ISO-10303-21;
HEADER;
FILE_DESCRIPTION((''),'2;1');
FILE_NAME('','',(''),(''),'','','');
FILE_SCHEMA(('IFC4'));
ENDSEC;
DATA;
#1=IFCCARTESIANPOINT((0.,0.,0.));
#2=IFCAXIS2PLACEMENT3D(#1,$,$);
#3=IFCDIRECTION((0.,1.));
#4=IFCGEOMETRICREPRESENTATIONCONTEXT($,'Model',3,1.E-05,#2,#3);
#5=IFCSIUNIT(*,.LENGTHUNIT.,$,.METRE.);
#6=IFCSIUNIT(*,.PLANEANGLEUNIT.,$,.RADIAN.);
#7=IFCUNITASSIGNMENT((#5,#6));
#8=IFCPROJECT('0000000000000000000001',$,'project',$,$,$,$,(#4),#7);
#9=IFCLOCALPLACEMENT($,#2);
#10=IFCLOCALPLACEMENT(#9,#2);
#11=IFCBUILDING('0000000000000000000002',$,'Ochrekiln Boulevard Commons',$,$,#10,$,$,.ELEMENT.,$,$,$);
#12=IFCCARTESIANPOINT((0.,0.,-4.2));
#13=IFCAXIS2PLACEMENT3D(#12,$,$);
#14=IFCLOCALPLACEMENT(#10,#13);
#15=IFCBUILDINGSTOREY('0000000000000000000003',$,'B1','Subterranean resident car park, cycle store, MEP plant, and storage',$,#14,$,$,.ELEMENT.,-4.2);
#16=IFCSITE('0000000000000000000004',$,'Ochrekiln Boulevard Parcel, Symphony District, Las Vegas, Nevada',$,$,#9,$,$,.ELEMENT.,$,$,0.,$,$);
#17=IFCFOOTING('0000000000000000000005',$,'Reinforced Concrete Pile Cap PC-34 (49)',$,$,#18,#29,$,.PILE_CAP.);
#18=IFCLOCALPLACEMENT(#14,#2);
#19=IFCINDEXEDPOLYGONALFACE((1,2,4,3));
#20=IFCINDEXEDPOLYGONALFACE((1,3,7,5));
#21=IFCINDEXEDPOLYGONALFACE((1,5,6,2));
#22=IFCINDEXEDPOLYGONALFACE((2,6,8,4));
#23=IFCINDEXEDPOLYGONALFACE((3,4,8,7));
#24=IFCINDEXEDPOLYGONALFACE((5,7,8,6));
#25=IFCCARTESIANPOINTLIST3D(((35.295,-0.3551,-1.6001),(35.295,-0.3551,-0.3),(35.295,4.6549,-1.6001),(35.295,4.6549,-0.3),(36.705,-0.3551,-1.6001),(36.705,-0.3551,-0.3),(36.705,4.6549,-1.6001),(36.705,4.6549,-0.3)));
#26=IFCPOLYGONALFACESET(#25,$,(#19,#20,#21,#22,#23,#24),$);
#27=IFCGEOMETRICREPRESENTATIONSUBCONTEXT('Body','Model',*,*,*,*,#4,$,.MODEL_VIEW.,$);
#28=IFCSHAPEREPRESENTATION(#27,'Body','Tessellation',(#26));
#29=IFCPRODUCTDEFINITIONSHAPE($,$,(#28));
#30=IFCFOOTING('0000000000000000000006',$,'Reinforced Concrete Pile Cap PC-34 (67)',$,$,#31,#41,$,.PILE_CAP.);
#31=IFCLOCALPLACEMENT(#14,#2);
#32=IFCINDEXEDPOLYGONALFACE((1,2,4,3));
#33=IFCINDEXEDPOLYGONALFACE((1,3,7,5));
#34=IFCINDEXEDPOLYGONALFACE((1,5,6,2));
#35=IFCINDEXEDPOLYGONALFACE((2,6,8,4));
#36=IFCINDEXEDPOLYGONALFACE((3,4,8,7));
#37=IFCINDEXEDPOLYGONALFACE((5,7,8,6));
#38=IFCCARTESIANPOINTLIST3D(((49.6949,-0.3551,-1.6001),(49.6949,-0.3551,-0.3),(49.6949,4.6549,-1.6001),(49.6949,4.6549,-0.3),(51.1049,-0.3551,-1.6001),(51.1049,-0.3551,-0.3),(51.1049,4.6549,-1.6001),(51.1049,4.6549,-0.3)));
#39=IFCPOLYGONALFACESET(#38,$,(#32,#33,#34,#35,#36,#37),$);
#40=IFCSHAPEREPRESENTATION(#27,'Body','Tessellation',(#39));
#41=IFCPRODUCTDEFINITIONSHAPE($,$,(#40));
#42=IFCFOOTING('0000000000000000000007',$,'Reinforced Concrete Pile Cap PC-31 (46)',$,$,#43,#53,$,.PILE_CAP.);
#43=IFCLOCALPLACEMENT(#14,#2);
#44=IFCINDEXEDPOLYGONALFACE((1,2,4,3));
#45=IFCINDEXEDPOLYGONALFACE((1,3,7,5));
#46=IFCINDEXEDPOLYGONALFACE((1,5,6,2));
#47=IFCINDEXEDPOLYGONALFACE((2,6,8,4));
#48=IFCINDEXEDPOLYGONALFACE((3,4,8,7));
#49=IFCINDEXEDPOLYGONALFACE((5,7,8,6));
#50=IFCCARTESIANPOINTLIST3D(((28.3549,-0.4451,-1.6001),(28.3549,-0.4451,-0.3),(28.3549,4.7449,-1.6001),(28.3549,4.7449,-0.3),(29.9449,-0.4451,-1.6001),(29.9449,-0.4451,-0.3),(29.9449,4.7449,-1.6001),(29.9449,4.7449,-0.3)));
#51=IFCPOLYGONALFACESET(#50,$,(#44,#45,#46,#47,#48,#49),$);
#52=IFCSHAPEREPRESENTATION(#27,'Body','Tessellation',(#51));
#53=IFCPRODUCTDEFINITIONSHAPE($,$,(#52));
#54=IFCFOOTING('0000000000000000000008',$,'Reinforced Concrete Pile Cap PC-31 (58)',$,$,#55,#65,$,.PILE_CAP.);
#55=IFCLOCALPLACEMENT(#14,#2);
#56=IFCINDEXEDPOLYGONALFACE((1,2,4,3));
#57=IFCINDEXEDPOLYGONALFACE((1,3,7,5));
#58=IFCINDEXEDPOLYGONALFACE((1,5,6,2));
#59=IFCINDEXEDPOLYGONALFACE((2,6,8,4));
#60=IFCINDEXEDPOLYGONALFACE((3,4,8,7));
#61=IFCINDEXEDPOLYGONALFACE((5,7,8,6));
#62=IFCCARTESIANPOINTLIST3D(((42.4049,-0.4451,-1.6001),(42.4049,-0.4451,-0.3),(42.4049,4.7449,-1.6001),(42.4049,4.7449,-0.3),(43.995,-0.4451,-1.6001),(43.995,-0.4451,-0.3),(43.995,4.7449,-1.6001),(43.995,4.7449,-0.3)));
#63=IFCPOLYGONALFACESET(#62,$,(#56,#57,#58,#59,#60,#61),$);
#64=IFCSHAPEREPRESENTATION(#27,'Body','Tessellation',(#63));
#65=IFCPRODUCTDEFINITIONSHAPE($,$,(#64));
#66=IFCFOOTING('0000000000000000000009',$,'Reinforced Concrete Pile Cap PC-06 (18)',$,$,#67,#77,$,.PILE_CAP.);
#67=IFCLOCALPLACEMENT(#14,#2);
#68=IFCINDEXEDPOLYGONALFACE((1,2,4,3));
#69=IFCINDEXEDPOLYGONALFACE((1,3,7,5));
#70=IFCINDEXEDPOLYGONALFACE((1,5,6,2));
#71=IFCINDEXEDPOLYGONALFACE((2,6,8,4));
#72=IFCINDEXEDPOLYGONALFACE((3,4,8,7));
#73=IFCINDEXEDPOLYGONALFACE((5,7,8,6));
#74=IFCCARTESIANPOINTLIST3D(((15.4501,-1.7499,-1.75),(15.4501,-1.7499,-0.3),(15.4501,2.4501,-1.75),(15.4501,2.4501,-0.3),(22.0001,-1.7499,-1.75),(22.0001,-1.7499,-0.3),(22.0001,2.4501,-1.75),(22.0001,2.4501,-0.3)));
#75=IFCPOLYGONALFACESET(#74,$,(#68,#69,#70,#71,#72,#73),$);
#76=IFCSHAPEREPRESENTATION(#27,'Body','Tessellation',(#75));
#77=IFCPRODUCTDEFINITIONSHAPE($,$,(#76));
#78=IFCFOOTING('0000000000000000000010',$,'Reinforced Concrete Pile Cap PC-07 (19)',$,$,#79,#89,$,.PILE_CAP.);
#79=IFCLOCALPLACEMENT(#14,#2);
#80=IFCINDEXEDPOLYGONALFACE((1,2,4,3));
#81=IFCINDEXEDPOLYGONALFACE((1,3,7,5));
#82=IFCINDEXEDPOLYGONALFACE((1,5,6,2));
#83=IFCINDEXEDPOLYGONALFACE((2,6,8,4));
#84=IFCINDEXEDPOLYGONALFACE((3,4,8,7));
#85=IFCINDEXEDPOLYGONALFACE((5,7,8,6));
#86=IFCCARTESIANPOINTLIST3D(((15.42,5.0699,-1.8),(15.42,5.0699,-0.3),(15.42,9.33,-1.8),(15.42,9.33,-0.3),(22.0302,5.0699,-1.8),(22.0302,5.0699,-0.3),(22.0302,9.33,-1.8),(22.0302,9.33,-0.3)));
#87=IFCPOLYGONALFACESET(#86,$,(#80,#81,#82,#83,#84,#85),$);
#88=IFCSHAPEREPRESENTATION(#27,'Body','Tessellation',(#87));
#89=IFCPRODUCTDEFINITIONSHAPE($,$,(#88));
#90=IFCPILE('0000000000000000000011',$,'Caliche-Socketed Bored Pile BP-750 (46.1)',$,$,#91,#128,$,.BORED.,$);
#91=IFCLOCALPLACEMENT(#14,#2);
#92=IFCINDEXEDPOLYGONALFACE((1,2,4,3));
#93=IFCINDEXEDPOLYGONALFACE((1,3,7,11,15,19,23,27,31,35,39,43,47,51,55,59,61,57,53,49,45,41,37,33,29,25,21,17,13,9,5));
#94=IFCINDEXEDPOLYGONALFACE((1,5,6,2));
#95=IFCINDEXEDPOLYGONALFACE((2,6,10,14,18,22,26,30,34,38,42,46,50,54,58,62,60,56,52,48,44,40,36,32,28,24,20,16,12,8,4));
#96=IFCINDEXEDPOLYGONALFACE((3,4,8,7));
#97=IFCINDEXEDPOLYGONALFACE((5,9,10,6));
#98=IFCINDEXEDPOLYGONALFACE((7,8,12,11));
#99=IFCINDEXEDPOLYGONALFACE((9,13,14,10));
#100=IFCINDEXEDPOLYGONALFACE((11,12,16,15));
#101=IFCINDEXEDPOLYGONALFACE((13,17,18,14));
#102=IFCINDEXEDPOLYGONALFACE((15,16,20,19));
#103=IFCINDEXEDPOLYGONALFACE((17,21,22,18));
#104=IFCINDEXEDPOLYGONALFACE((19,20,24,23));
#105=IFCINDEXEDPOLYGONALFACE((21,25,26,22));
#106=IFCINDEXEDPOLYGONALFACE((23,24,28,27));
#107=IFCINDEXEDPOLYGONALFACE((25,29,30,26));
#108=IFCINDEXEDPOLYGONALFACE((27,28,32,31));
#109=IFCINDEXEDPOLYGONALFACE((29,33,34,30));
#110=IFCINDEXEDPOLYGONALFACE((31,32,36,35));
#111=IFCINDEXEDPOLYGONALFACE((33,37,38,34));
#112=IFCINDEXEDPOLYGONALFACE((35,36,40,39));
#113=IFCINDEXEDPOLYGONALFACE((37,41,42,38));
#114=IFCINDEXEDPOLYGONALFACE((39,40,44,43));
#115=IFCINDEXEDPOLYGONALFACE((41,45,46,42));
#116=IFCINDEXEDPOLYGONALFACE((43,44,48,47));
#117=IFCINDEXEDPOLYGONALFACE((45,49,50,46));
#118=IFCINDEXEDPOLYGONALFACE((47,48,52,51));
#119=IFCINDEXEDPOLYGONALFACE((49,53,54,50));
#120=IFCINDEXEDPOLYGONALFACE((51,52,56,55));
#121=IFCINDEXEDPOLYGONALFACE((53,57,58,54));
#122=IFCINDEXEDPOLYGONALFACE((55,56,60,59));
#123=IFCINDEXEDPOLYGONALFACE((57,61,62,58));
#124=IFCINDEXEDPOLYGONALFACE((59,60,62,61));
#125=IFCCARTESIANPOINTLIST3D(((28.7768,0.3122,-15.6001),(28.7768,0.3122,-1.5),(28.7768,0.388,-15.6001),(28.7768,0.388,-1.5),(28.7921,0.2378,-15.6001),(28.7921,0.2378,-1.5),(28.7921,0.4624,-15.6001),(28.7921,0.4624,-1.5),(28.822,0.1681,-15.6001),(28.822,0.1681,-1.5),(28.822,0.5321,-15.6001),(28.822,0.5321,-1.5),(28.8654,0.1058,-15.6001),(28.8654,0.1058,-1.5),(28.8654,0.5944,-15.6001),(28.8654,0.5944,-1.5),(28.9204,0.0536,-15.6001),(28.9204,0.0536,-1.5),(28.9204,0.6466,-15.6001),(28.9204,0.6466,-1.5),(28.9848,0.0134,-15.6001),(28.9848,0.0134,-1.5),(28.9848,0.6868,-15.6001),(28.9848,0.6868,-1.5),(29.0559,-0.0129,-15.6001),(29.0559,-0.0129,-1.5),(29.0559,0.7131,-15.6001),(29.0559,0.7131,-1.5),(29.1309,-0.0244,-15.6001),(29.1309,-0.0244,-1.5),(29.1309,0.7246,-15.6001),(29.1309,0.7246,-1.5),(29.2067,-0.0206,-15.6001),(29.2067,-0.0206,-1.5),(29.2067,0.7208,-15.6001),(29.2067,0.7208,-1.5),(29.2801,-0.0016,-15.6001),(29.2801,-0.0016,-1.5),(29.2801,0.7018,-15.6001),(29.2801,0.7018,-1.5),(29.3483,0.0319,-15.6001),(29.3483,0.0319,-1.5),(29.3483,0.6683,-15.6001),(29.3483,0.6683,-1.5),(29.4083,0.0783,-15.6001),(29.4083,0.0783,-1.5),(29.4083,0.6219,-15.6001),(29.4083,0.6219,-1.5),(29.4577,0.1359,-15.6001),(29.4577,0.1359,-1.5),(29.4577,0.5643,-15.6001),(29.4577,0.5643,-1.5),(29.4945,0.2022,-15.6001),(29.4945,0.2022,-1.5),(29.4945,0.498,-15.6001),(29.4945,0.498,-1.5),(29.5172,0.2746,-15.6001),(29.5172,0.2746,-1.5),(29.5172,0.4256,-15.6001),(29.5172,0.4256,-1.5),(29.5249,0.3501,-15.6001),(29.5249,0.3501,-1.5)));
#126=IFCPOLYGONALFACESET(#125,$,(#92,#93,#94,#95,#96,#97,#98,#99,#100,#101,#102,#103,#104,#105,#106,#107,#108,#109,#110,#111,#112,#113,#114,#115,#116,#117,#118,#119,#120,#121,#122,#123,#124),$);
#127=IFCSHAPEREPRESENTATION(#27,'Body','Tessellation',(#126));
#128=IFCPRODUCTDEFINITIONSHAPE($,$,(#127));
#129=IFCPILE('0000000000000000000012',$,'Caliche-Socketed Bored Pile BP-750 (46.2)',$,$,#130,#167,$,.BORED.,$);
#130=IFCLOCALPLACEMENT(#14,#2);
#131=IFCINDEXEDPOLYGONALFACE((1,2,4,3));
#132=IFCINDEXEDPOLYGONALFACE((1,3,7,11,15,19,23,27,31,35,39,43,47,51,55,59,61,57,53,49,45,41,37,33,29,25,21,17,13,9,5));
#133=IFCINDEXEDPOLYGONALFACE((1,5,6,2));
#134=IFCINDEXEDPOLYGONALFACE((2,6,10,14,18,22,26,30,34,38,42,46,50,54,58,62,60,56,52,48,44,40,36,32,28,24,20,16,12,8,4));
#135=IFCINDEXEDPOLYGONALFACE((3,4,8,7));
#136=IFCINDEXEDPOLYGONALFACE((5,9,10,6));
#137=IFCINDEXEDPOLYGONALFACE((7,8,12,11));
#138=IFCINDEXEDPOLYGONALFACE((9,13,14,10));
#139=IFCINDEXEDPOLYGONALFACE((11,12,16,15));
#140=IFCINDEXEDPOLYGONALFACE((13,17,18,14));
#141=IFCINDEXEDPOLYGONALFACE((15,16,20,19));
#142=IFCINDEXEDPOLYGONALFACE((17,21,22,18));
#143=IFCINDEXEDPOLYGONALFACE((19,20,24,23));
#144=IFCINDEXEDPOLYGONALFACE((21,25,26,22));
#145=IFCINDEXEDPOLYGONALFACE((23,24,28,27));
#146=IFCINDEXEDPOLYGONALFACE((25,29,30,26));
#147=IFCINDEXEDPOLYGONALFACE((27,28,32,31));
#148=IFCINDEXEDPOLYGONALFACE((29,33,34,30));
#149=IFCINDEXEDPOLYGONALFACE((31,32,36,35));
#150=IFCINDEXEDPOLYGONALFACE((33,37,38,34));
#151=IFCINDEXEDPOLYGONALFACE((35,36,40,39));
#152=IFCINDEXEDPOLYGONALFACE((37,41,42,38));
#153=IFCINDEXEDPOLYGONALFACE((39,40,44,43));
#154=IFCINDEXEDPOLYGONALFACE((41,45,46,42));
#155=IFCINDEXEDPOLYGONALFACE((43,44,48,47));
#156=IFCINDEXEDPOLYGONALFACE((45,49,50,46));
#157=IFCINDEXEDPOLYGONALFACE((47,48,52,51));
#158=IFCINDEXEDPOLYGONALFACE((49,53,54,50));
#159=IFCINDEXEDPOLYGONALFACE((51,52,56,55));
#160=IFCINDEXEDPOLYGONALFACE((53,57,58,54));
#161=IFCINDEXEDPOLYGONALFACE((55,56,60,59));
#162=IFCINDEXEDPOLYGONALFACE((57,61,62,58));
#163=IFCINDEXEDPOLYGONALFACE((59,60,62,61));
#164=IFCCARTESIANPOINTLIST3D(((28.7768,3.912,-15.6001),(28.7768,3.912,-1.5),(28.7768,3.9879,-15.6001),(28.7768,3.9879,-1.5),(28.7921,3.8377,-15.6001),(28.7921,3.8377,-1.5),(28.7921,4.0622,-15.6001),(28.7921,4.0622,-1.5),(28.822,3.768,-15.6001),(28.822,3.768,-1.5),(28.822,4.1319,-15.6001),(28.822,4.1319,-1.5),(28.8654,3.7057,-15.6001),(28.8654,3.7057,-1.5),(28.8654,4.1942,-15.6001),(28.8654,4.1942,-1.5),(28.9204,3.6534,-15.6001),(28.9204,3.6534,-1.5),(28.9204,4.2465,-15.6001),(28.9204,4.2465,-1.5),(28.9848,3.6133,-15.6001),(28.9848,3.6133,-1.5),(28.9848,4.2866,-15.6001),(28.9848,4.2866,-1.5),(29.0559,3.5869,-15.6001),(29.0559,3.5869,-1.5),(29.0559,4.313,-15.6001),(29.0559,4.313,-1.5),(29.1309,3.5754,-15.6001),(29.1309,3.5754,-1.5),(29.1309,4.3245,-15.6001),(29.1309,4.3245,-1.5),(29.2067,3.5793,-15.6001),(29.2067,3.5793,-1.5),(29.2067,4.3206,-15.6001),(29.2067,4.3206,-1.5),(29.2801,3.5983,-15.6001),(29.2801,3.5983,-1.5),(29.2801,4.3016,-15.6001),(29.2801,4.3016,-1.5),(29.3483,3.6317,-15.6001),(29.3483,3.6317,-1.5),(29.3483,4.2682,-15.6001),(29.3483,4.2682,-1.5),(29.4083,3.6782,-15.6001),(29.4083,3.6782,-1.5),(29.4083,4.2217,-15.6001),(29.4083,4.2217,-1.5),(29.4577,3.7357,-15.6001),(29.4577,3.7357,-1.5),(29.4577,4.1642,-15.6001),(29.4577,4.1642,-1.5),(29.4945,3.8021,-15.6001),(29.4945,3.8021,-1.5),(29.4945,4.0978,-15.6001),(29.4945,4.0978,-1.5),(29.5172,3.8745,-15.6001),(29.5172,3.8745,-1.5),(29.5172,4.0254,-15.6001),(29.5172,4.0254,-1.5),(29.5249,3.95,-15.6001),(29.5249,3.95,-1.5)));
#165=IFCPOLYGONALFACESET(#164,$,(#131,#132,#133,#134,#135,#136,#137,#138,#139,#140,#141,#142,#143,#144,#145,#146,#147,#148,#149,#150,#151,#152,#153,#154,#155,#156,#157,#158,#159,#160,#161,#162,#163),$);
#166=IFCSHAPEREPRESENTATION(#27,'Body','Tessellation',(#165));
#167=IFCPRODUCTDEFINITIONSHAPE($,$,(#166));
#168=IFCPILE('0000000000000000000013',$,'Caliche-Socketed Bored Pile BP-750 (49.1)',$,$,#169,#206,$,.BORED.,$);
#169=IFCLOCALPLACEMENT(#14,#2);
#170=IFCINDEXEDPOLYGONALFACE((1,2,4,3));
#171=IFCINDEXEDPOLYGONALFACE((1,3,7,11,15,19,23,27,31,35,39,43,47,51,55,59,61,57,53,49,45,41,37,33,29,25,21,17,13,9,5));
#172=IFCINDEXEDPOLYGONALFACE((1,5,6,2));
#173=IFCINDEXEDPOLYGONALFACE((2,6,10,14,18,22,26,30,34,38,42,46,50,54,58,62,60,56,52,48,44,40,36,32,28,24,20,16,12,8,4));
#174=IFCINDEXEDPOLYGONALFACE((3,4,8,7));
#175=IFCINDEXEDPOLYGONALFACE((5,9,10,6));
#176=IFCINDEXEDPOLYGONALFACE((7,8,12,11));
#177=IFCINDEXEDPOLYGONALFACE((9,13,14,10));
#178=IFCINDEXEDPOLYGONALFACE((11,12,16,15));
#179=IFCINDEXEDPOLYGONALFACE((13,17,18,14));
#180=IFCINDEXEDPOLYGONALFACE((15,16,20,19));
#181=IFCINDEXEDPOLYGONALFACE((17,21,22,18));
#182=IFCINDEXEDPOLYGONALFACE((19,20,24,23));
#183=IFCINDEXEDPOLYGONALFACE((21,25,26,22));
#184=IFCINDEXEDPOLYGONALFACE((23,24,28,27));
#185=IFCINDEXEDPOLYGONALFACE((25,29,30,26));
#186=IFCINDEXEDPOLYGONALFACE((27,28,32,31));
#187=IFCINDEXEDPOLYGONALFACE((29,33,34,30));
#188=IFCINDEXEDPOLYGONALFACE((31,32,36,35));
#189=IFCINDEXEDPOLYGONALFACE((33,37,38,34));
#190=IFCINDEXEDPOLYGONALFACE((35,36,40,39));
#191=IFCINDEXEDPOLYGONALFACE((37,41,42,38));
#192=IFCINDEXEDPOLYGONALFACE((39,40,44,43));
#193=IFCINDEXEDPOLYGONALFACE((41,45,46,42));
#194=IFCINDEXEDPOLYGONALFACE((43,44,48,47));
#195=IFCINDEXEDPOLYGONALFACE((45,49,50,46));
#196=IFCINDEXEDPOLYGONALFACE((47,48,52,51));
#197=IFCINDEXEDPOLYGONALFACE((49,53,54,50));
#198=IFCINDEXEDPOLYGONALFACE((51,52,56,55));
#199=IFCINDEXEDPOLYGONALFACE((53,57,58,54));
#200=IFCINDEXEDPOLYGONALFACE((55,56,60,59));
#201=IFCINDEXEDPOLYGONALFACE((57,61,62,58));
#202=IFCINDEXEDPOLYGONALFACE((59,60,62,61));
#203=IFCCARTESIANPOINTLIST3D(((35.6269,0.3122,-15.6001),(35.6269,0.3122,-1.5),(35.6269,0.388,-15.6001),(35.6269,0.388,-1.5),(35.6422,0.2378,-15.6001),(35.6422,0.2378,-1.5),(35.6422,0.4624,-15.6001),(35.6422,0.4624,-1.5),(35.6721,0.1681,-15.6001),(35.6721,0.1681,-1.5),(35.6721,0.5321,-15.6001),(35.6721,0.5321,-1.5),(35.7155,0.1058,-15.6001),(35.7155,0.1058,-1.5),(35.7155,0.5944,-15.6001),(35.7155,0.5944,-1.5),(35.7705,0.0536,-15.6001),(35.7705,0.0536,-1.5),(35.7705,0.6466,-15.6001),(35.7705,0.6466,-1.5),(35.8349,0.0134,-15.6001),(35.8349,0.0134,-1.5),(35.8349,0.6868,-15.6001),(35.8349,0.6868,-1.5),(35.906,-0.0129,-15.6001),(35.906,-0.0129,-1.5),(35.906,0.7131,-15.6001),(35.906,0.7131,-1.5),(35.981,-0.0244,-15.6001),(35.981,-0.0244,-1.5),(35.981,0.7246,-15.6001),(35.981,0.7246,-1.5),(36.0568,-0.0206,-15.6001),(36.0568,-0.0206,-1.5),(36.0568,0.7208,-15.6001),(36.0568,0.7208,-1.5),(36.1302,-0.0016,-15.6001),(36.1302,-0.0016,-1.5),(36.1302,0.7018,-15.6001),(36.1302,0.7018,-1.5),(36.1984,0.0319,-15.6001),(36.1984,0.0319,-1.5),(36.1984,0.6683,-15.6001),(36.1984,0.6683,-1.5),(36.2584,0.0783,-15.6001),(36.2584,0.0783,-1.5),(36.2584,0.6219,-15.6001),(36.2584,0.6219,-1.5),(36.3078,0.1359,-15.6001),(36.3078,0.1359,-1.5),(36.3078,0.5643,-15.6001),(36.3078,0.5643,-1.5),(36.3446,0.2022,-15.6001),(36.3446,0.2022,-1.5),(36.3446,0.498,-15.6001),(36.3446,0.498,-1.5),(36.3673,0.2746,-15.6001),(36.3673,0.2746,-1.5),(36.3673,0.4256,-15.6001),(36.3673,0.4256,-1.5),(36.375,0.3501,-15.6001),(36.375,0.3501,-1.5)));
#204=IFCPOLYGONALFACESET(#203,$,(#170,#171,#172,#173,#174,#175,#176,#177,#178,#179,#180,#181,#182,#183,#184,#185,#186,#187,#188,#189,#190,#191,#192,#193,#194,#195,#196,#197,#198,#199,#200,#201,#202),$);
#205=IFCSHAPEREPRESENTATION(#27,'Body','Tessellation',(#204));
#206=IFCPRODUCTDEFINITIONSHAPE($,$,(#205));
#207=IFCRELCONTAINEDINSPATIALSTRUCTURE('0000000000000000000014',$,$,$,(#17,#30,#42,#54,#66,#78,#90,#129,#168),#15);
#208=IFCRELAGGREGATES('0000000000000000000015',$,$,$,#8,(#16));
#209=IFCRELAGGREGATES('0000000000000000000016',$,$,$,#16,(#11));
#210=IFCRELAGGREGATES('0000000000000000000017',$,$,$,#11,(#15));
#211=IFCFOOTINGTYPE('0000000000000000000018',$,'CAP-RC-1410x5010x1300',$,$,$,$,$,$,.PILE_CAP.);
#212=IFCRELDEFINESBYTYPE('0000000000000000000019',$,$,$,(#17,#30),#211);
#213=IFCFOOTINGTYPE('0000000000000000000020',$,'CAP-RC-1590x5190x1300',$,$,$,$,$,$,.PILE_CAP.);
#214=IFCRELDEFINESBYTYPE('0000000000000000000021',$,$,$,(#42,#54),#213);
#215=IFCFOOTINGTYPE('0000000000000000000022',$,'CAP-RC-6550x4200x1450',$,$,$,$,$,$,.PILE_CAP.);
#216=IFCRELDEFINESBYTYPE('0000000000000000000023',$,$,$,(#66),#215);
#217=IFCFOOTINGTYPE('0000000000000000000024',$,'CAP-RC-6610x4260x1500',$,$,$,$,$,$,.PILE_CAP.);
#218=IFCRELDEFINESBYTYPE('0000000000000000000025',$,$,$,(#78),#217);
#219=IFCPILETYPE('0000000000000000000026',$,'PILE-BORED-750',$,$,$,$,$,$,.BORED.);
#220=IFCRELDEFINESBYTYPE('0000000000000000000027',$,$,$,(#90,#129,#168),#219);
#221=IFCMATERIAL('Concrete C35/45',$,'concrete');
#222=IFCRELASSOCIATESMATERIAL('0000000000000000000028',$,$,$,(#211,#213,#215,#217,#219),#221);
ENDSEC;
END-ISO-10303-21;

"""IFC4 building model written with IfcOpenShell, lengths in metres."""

from ifc_helpers import new_model, si_unit, direction, frame, origin, origin_2d, place, context, subcontext, project, spatial, rectangle, circle, extrude, material, material_profile, profile_set, type_object, element, save


model = new_model("IFC4")

# Units and contexts
model_context = context("Model", 3, precision=1e-05, world=origin(), true_north=direction((0.0, 1.0)))
body_context = subcontext(model_context, "Body", "Model", "MODEL_VIEW")
ifc_project = project(units=[si_unit("LENGTHUNIT", "METRE"), si_unit("PLANEANGLEUNIT", "RADIAN")], contexts=[model_context])

# Site, building, storey
site_placement = place(None, origin())
site = spatial("IfcSite", under=ifc_project, at=site_placement, Name="Ochrekiln Boulevard Parcel, Symphony District, Las Vegas, Nevada", CompositionType="ELEMENT", RefElevation=0.0)
building_placement = place(site_placement, origin())
building = spatial("IfcBuilding", under=site, at=building_placement, Name="Ochrekiln Boulevard Commons", CompositionType="ELEMENT")
storey_placement = place(building_placement, frame((0.0, 0.0, -4.2)))
storey = spatial("IfcBuildingStorey", under=building, at=storey_placement, Name="B1", Description="Subterranean resident car park, cycle store, MEP plant, and storage", CompositionType="ELEMENT", Elevation=-4.2)

# Footings
ifc_material_1 = material(Name="Concrete C35/45", Category="concrete")
footing_type_1 = type_object("IfcFootingType", Name="CAP-RC-1410x5010x1300", PredefinedType="PILE_CAP", material=ifc_material_1)
for number, where, z_axis, x_axis, name in (
    (1, (36.0, 2.1499, -1.6001), (0.0, 0.0, 1.0), (1.0, 0.0, 0.0), "Reinforced Concrete Pile Cap PC-34 (49)"),
    (2, (50.3999, 2.1499, -1.6001), (0.0, 0.0, 1.0), (1.0, 0.0, 0.0), "Reinforced Concrete Pile Cap PC-34 (67)"),
):
    element("IfcFooting", number, at=place(storey_placement, frame(where, z_axis=z_axis, x_axis=x_axis)), inside=storey, type_object=footing_type_1, Name=name, PredefinedType="PILE_CAP", context=body_context, shape_type="SweptSolid", body=[
        extrude(rectangle(XDim=1.4099, YDim=5.01, at=origin_2d()), origin(), (0.0, 0.0, 1.0), 1.3),
    ])
footing_type_2 = type_object("IfcFootingType", Name="CAP-RC-1590x5190x1300", PredefinedType="PILE_CAP", material=ifc_material_1)
for number, where, z_axis, x_axis, name in (
    (3, (29.1499, 2.1499, -1.6001), (0.0, 0.0, 1.0), (1.0, 0.0, 0.0), "Reinforced Concrete Pile Cap PC-31 (46)"),
    (4, (43.2, 2.1499, -1.6001), (0.0, 0.0, 1.0), (1.0, 0.0, 0.0), "Reinforced Concrete Pile Cap PC-31 (58)"),
):
    element("IfcFooting", number, at=place(storey_placement, frame(where, z_axis=z_axis, x_axis=x_axis)), inside=storey, type_object=footing_type_2, Name=name, PredefinedType="PILE_CAP", context=body_context, shape_type="SweptSolid", body=[
        extrude(rectangle(XDim=1.5901, YDim=5.1899, at=origin_2d()), origin(), (0.0, 0.0, 1.0), 1.3),
    ])
footing_type_3 = type_object("IfcFootingType", Name="CAP-RC-6550x4200x1450", PredefinedType="PILE_CAP", material=ifc_material_1)
footing_1_placement = place(storey_placement, frame((18.7251, 0.3501, -1.75), z_axis=(0.0, 0.0, 1.0), x_axis=(1.0, 0.0, 0.0)))
element("IfcFooting", 5, at=footing_1_placement, inside=storey, type_object=footing_type_3, Name="Reinforced Concrete Pile Cap PC-06 (18)", PredefinedType="PILE_CAP", context=body_context, shape_type="SweptSolid", body=[
    extrude(rectangle(XDim=6.55, YDim=4.2, at=origin_2d()), origin(), (0.0, 0.0, 1.0), 1.45),
])
footing_type_4 = type_object("IfcFootingType", Name="CAP-RC-6610x4260x1500", PredefinedType="PILE_CAP", material=ifc_material_1)
footing_2_placement = place(storey_placement, frame((18.7251, 7.2, -1.8), z_axis=(0.0, 0.0, 1.0), x_axis=(1.0, 0.0, 0.0)))
element("IfcFooting", 6, at=footing_2_placement, inside=storey, type_object=footing_type_4, Name="Reinforced Concrete Pile Cap PC-07 (19)", PredefinedType="PILE_CAP", context=body_context, shape_type="SweptSolid", body=[
    extrude(rectangle(XDim=6.6101, YDim=4.26, at=origin_2d()), origin(), (0.0, 0.0, 1.0), 1.5),
])

# Piles
ifc_material_profile_1 = material_profile(ifc_material_1, circle(Radius=0.375, at=origin_2d()), Name="PILE-D750")
ifc_profile_set_1 = profile_set([ifc_material_profile_1], Name="Concrete C35/45")
pile_type_1 = type_object("IfcPileType", Name="PILE-BORED-750", PredefinedType="BORED", material=ifc_profile_set_1)
for number, where, z_axis, x_axis, name in (
    (7, (29.1499, 0.3501, -1.5), (0.0, 0.0, -1.0), (1.0, 0.0, 0.0), "Caliche-Socketed Bored Pile BP-750 (46.1)"),
    (8, (29.1499, 3.95, -1.5), (0.0, 0.0, -1.0), (1.0, 0.0, 0.0), "Caliche-Socketed Bored Pile BP-750 (46.2)"),
    (9, (36.0, 0.3501, -1.5), (0.0, 0.0, -1.0), (1.0, 0.0, 0.0), "Caliche-Socketed Bored Pile BP-750 (49.1)"),
):
    element("IfcPile", number, at=place(storey_placement, frame(where, z_axis=z_axis, x_axis=x_axis)), inside=storey, type_object=pile_type_1, Name=name, PredefinedType="BORED", context=body_context, shape_type="SweptSolid", body=[
        extrude(circle(Radius=0.375, at=origin_2d()), origin(), (0.0, 0.0, 1.0), 14.1001),
    ])

save(model, "model.ifc")
